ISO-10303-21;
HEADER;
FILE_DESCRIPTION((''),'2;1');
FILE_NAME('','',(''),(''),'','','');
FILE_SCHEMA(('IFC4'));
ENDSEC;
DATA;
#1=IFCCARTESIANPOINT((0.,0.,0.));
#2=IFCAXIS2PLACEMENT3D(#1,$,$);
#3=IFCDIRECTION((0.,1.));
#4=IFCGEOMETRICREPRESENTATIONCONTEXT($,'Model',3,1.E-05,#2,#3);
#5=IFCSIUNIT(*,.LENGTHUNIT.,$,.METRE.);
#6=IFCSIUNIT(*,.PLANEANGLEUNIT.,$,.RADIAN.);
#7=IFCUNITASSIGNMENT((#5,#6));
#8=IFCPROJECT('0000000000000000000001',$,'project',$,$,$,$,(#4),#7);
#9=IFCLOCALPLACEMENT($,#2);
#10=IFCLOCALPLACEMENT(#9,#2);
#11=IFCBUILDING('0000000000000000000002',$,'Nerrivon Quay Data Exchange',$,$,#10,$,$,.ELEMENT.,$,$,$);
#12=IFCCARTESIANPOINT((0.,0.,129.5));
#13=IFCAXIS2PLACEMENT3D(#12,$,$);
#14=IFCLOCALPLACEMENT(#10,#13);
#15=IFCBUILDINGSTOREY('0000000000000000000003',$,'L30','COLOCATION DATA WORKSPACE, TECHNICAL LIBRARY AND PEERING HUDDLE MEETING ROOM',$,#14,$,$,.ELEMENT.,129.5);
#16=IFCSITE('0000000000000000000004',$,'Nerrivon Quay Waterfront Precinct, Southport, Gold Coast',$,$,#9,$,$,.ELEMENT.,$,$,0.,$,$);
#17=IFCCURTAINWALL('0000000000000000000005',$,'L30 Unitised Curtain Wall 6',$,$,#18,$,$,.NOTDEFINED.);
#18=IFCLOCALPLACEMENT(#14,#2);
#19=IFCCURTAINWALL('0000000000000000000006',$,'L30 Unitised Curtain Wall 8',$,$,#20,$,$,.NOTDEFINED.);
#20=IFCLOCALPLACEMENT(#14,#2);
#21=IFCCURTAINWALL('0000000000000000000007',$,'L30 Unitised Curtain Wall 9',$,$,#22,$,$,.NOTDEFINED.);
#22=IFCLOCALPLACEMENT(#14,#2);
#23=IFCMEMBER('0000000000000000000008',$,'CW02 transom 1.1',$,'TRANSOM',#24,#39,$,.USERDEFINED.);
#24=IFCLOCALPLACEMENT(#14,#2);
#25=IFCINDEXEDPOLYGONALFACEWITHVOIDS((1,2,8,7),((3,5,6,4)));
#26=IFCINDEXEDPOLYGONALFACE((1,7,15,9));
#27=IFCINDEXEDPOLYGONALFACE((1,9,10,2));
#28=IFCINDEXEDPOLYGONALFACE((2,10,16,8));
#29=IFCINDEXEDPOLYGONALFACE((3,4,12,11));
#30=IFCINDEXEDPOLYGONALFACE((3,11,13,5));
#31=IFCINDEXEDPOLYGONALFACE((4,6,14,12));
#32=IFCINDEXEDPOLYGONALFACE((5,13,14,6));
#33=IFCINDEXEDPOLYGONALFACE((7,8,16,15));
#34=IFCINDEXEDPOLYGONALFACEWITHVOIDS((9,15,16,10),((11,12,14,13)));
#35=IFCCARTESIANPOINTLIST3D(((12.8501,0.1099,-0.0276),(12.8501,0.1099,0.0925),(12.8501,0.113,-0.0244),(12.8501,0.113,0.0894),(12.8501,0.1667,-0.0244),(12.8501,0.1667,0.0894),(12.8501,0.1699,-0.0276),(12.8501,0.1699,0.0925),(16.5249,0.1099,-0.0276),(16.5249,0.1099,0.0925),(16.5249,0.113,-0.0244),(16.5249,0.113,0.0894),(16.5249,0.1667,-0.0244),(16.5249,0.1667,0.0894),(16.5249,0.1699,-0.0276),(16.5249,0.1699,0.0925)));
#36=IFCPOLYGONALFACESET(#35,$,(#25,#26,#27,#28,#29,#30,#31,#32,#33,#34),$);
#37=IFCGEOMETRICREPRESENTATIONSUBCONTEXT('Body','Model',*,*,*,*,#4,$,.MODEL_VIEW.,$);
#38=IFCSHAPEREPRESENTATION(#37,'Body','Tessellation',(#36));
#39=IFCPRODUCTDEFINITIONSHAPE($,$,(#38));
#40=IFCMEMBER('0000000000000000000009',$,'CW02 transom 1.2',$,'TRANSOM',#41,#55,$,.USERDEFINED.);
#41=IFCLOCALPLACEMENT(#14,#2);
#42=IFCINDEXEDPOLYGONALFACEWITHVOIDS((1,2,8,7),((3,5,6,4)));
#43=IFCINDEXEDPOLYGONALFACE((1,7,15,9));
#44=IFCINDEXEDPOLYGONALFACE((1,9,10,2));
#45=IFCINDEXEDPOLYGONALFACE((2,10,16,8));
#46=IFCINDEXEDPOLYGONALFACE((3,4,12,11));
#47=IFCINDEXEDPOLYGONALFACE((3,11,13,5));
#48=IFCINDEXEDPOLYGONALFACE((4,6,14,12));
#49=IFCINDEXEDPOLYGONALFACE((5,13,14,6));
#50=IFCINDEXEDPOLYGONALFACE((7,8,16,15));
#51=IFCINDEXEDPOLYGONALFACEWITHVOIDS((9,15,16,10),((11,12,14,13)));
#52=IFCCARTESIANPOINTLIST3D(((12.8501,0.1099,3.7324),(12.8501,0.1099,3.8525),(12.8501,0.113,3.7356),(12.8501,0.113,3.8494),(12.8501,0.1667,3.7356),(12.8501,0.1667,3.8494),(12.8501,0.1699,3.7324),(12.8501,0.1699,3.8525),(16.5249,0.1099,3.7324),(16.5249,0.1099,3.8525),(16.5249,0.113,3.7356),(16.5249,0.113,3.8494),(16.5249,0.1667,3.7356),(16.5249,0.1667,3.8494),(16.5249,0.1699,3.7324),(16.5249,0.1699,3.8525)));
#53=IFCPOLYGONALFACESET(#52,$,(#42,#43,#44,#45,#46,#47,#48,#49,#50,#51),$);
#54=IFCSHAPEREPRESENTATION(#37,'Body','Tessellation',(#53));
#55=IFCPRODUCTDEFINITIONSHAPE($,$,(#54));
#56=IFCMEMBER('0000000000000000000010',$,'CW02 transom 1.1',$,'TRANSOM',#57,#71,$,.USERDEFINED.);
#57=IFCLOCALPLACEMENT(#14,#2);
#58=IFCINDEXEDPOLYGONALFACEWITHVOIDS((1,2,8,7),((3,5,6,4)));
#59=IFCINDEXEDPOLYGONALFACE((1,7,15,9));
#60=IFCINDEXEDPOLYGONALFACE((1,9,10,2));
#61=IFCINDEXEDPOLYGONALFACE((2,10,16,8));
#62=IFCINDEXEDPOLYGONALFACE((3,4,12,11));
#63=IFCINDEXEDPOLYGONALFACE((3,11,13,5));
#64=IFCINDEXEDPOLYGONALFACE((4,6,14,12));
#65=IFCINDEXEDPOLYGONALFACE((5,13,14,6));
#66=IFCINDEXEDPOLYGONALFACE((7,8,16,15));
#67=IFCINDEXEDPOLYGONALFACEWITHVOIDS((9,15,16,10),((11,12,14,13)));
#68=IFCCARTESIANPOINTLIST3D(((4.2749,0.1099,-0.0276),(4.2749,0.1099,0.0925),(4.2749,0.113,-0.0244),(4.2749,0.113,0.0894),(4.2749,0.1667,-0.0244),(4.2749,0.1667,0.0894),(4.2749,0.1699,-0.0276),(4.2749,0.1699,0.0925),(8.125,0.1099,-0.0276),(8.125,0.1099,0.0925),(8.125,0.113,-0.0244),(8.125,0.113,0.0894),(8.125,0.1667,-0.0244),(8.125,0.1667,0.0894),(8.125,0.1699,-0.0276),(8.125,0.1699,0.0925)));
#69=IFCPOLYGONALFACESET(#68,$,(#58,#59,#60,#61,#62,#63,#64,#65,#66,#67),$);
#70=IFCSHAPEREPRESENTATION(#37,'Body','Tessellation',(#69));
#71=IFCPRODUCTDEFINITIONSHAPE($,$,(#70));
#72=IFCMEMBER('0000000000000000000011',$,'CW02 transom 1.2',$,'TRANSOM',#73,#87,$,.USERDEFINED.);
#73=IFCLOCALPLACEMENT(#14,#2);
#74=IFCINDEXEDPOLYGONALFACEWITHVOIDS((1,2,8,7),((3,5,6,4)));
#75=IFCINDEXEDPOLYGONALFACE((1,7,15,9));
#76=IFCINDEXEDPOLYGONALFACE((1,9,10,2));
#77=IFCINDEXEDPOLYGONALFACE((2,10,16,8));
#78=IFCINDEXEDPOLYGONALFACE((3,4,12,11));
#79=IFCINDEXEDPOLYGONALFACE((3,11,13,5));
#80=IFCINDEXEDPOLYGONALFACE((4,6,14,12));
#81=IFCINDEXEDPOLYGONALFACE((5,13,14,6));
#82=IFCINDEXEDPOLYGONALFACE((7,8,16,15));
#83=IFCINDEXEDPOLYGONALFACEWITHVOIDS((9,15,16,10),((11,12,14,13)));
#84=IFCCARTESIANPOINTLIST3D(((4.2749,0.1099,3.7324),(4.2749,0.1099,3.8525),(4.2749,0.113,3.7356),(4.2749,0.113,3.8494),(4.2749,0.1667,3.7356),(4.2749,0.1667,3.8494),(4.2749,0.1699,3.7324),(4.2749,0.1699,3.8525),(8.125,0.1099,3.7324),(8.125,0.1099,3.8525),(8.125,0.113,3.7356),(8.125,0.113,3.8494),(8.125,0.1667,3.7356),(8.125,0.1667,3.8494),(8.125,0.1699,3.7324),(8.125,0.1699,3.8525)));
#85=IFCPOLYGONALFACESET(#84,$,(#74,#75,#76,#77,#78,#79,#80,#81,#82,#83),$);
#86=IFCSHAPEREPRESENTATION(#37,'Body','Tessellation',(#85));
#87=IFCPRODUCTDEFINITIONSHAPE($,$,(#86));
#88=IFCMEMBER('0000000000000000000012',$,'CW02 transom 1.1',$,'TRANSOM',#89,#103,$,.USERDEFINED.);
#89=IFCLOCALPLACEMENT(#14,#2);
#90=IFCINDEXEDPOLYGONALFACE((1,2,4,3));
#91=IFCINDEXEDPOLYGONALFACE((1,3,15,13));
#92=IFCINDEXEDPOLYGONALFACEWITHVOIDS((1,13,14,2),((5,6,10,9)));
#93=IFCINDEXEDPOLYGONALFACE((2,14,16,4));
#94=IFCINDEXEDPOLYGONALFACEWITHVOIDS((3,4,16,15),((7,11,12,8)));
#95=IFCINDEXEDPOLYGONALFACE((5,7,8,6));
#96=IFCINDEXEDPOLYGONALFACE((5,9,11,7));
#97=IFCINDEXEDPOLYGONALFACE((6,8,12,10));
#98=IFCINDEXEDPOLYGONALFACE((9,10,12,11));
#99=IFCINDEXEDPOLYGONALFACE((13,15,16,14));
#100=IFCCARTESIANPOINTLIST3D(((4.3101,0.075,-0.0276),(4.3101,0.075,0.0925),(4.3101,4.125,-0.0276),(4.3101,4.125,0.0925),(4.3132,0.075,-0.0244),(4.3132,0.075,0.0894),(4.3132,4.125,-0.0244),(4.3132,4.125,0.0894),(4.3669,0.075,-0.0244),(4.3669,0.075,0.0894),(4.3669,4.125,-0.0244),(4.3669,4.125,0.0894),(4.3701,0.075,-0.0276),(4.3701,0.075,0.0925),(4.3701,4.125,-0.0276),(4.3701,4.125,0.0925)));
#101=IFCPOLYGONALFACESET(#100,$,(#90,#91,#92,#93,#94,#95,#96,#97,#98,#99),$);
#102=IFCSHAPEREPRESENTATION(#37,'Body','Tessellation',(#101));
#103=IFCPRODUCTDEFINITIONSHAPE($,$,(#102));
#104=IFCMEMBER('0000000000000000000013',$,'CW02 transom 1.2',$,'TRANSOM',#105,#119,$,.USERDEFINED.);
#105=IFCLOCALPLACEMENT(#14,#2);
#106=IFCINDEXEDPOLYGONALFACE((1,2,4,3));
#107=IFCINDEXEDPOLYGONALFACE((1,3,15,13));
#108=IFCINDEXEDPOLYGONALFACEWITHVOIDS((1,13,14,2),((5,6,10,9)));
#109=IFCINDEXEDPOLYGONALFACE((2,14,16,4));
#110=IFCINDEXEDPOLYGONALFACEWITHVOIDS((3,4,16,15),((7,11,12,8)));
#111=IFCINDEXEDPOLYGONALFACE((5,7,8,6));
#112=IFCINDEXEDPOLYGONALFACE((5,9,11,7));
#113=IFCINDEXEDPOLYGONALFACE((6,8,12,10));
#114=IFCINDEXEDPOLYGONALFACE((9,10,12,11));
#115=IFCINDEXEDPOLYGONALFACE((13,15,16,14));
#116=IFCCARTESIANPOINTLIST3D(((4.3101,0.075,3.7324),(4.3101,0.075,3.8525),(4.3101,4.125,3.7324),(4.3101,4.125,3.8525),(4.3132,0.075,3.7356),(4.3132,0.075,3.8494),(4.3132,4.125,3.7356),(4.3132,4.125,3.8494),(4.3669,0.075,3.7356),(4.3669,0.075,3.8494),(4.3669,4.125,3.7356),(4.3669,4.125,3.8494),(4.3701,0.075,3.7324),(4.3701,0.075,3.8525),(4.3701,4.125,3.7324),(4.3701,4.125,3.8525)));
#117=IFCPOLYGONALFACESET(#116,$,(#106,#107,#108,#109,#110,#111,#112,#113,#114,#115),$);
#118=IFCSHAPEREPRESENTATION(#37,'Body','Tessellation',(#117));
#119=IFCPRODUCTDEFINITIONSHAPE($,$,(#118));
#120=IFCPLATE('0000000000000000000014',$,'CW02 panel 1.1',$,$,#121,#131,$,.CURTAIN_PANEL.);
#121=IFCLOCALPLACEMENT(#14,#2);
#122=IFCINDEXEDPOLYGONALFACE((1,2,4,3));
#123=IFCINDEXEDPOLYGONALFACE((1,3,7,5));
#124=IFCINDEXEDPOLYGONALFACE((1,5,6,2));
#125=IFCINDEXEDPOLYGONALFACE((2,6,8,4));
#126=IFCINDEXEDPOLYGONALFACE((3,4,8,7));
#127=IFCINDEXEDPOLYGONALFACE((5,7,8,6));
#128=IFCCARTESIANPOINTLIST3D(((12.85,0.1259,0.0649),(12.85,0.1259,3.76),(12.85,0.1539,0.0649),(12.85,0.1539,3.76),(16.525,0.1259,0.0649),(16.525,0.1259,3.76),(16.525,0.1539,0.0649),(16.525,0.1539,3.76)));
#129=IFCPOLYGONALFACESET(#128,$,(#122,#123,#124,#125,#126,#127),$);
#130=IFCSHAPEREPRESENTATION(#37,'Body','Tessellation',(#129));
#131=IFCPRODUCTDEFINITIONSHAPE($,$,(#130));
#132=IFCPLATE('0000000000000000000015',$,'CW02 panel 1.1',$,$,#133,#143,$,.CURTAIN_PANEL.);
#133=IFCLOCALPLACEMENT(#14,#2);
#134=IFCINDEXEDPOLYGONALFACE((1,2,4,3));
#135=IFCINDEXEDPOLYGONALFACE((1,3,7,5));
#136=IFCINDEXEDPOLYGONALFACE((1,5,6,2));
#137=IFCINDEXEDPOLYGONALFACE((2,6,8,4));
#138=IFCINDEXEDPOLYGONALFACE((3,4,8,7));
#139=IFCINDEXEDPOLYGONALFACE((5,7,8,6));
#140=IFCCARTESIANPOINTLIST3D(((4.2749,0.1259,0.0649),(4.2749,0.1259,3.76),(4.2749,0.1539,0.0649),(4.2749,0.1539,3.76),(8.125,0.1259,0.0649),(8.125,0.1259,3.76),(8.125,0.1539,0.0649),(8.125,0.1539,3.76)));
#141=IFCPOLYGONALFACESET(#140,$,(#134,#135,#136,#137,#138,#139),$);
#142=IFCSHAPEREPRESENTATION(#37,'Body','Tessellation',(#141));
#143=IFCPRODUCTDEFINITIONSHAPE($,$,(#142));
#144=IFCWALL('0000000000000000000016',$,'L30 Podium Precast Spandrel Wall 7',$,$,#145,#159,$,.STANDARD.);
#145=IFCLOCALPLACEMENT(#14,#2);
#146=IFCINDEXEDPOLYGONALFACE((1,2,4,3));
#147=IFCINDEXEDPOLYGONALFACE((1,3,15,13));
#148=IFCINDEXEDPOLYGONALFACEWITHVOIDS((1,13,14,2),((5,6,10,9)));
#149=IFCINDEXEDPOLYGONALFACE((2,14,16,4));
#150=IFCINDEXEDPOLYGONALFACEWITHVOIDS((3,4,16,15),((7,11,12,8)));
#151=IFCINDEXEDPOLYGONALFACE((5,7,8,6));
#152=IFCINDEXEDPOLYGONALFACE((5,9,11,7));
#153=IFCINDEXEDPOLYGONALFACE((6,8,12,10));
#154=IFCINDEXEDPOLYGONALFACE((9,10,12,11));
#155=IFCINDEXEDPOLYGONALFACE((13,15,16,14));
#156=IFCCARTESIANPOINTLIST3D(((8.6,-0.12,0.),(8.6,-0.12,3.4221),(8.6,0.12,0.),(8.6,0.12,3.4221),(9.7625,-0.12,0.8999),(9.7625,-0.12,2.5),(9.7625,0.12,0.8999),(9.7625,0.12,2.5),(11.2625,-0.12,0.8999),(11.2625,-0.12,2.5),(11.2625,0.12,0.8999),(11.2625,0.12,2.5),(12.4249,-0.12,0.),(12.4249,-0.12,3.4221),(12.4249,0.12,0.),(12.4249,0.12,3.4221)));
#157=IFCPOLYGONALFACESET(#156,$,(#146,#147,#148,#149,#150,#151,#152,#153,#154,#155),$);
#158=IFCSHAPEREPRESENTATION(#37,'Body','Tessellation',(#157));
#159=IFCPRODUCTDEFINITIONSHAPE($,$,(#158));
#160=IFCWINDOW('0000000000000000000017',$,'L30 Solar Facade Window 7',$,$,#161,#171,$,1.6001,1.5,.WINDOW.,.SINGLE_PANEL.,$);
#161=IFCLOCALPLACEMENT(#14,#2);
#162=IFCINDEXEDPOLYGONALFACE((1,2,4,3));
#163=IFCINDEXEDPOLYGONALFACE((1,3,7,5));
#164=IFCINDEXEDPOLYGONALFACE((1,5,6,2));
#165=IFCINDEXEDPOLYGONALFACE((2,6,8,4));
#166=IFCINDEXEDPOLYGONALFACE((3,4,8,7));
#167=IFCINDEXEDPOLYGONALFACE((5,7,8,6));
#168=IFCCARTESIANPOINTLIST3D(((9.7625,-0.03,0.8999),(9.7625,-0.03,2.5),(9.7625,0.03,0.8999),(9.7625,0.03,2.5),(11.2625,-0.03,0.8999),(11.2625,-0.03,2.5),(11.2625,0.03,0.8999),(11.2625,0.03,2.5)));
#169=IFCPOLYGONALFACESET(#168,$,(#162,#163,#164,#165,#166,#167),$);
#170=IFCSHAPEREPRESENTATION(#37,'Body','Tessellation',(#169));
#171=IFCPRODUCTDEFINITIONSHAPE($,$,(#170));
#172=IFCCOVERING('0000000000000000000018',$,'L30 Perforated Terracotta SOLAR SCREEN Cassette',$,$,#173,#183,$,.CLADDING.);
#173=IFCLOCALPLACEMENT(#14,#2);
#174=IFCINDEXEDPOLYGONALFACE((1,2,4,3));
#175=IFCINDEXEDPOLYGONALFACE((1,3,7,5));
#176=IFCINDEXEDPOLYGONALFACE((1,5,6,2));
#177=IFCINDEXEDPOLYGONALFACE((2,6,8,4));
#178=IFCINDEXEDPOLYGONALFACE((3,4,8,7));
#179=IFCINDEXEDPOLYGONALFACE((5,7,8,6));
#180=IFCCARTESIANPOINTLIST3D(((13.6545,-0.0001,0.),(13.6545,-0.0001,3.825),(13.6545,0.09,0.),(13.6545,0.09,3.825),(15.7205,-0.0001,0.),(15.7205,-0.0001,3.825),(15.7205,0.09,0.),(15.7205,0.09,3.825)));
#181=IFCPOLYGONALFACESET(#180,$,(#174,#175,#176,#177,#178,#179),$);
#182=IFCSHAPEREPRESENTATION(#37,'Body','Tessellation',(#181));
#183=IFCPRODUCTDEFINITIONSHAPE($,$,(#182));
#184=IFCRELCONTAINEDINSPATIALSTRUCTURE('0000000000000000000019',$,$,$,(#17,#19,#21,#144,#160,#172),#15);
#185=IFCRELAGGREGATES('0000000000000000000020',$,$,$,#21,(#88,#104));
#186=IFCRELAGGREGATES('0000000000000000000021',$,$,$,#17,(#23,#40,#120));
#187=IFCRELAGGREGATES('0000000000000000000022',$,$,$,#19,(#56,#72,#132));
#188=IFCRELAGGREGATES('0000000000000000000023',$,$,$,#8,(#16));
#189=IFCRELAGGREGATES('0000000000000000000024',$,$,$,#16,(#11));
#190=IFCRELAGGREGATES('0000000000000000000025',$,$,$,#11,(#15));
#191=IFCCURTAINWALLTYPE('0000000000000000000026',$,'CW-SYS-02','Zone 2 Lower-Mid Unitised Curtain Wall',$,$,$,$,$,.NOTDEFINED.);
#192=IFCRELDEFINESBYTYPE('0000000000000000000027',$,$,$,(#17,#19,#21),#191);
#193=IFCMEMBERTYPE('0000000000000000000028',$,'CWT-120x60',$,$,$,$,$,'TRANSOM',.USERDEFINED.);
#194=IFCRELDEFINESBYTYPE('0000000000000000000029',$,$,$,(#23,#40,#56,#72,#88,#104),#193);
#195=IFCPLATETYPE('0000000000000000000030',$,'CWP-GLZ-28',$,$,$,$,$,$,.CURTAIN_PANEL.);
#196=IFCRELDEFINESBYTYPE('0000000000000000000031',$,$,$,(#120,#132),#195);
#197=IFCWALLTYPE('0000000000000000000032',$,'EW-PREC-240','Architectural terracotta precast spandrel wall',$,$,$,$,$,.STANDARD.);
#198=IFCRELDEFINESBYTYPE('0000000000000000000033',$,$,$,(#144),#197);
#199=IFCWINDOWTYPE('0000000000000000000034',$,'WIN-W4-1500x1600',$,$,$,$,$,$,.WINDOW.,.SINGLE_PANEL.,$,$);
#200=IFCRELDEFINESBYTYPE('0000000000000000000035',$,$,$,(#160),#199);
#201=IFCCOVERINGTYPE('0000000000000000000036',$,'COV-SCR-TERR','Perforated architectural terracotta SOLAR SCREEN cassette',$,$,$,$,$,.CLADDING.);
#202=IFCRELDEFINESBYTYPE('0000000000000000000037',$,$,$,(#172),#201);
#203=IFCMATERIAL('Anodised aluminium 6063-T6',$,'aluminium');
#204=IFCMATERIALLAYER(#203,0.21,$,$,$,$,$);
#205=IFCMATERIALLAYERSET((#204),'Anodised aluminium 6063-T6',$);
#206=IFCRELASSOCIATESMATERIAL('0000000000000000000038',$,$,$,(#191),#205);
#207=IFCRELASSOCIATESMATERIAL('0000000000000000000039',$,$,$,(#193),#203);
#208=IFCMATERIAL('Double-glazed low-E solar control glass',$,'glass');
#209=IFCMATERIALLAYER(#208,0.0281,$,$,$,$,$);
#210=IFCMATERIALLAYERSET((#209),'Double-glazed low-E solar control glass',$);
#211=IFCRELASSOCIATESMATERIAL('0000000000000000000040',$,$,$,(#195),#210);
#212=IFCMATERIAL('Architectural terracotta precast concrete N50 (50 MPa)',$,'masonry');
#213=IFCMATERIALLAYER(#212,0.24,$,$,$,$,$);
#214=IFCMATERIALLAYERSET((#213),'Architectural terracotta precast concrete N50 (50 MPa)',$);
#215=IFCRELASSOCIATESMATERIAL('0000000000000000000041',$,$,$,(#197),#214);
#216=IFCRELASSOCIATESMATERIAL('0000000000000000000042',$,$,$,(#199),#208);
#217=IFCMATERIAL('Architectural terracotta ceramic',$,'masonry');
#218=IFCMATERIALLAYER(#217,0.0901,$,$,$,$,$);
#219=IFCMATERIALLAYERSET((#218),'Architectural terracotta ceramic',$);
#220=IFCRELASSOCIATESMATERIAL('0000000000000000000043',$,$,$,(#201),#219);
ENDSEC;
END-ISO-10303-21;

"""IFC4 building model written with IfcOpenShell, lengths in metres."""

from ifc_helpers import new_model, si_unit, direction, frame, frame_2d, origin, origin_2d, place, context, subcontext, project, spatial, rectangle, hollow_rectangle, extrude, material, layer, layer_set, material_profile, profile_set, type_object, element, fill, aggregate, save


model = new_model("IFC4")

# Units and contexts
model_context = context("Model", 3, precision=1e-05, world=origin(), true_north=direction((0.0, 1.0)))
body_context = subcontext(model_context, "Body", "Model", "MODEL_VIEW")
ifc_project = project(units=[si_unit("LENGTHUNIT", "METRE"), si_unit("PLANEANGLEUNIT", "RADIAN")], contexts=[model_context])

# Site, building, storey
site_placement = place(None, origin())
site = spatial("IfcSite", under=ifc_project, at=site_placement, Name="Nerrivon Quay Waterfront Precinct, Southport, Gold Coast", CompositionType="ELEMENT", RefElevation=0.0)
building_placement = place(site_placement, origin())
building = spatial("IfcBuilding", under=site, at=building_placement, Name="Nerrivon Quay Data Exchange", CompositionType="ELEMENT")
storey_placement = place(building_placement, frame((0.0, 0.0, 129.5)))
storey = spatial("IfcBuildingStorey", under=building, at=storey_placement, Name="L30", Description="COLOCATION DATA WORKSPACE, TECHNICAL LIBRARY AND PEERING HUDDLE MEETING ROOM", CompositionType="ELEMENT", Elevation=129.5)

# Curtain walls
ifc_material_1 = material(Name="Anodised aluminium 6063-T6", Category="aluminium")
ifc_layer_1 = layer(ifc_material_1, 0.21)
ifc_layer_set_1 = layer_set([ifc_layer_1], Name="Anodised aluminium 6063-T6")
curtain_wall_type = type_object("IfcCurtainWallType", Name="CW-SYS-02", Description="Zone 2 Lower-Mid Unitised Curtain Wall", PredefinedType="NOTDEFINED", material=ifc_layer_set_1)
curtain_wall_1_placement = place(storey_placement, origin())
curtain_wall_1 = element("IfcCurtainWall", 1, at=curtain_wall_1_placement, inside=storey, type_object=curtain_wall_type, Name="L30 Unitised Curtain Wall 6", PredefinedType="NOTDEFINED")
curtain_wall_2_placement = place(storey_placement, origin())
curtain_wall_2 = element("IfcCurtainWall", 2, at=curtain_wall_2_placement, inside=storey, type_object=curtain_wall_type, Name="L30 Unitised Curtain Wall 8", PredefinedType="NOTDEFINED")

# Curtain wall
curtain_wall_3_placement = place(storey_placement, origin())
curtain_wall_3 = element("IfcCurtainWall", 3, at=curtain_wall_3_placement, inside=storey, type_object=curtain_wall_type, Name="L30 Unitised Curtain Wall 9", PredefinedType="NOTDEFINED")

# Members
ifc_material_profile_1 = material_profile(ifc_material_1, hollow_rectangle(XDim=0.0601, YDim=0.1201, WallThickness=0.0032, at=origin_2d()), Name="ALU-TRAN-120x60")
ifc_profile_set_1 = profile_set([ifc_material_profile_1], Name="Anodised aluminium 6063-T6")
member_type_1 = type_object("IfcMemberType", Name="CWT-120x60", ElementType="TRANSOM", PredefinedType="USERDEFINED", material=ifc_profile_set_1)
member_1_placement = place(storey_placement, frame((16.5249, 0.1399, 0.0325), z_axis=(-1.0, 0.0, 0.0), x_axis=(0.0, -1.0, 0.0)))
member_1 = element("IfcMember", 4, at=member_1_placement, type_object=member_type_1, Name="CW02 transom 1.1", ObjectType="TRANSOM", PredefinedType="USERDEFINED", context=body_context, shape_type="SweptSolid", body=[
    extrude(hollow_rectangle(XDim=0.0601, YDim=0.1201, WallThickness=0.0032, at=origin_2d()), origin(), (0.0, 0.0, 1.0), 3.6748),
])
member_2_placement = place(storey_placement, frame((16.5249, 0.1399, 3.7925), z_axis=(-1.0, 0.0, 0.0), x_axis=(0.0, -1.0, 0.0)))
member_2 = element("IfcMember", 5, at=member_2_placement, type_object=member_type_1, Name="CW02 transom 1.2", ObjectType="TRANSOM", PredefinedType="USERDEFINED", context=body_context, shape_type="SweptSolid", body=[
    extrude(hollow_rectangle(XDim=0.0601, YDim=0.1201, WallThickness=0.0032, at=origin_2d()), origin(), (0.0, 0.0, 1.0), 3.6748),
])
member_3_placement = place(storey_placement, frame((8.125, 0.1399, 0.0325), z_axis=(-1.0, 0.0, 0.0), x_axis=(0.0, -1.0, 0.0)))
member_3 = element("IfcMember", 6, at=member_3_placement, type_object=member_type_1, Name="CW02 transom 1.1", ObjectType="TRANSOM", PredefinedType="USERDEFINED", context=body_context, shape_type="SweptSolid", body=[
    extrude(hollow_rectangle(XDim=0.0601, YDim=0.1201, WallThickness=0.0032, at=origin_2d()), origin(), (0.0, 0.0, 1.0), 3.8501),
])
member_4_placement = place(storey_placement, frame((8.125, 0.1399, 3.7925), z_axis=(-1.0, 0.0, 0.0), x_axis=(0.0, -1.0, 0.0)))
member_4 = element("IfcMember", 7, at=member_4_placement, type_object=member_type_1, Name="CW02 transom 1.2", ObjectType="TRANSOM", PredefinedType="USERDEFINED", context=body_context, shape_type="SweptSolid", body=[
    extrude(hollow_rectangle(XDim=0.0601, YDim=0.1201, WallThickness=0.0032, at=origin_2d()), origin(), (0.0, 0.0, 1.0), 3.8501),
])
member_5_placement = place(storey_placement, frame((4.3401, 0.075, 0.0325), z_axis=(0.0, 1.0, 0.0), x_axis=(-1.0, 0.0, 0.0)))
member_5 = element("IfcMember", 8, at=member_5_placement, type_object=member_type_1, Name="CW02 transom 1.1", ObjectType="TRANSOM", PredefinedType="USERDEFINED", context=body_context, shape_type="SweptSolid", body=[
    extrude(hollow_rectangle(XDim=0.0601, YDim=0.1201, WallThickness=0.0032, at=origin_2d()), origin(), (0.0, 0.0, 1.0), 4.05),
])
member_6_placement = place(storey_placement, frame((4.3401, 0.075, 3.7925), z_axis=(0.0, 1.0, 0.0), x_axis=(-1.0, 0.0, 0.0)))
member_6 = element("IfcMember", 9, at=member_6_placement, type_object=member_type_1, Name="CW02 transom 1.2", ObjectType="TRANSOM", PredefinedType="USERDEFINED", context=body_context, shape_type="SweptSolid", body=[
    extrude(hollow_rectangle(XDim=0.0601, YDim=0.1201, WallThickness=0.0032, at=origin_2d()), origin(), (0.0, 0.0, 1.0), 4.05),
])
aggregate(curtain_wall_3, [member_5, member_6])

# Plates
ifc_material_2 = material(Name="Double-glazed low-E solar control glass", Category="glass")
ifc_layer_2 = layer(ifc_material_2, 0.0281)
ifc_layer_set_2 = layer_set([ifc_layer_2], Name="Double-glazed low-E solar control glass")
plate_type = type_object("IfcPlateType", Name="CWP-GLZ-28", PredefinedType="CURTAIN_PANEL", material=ifc_layer_set_2)
plate_1_placement = place(storey_placement, frame((14.6875, 0.1399, 0.0649), z_axis=(0.0, 0.0, 1.0), x_axis=(-1.0, 0.0, 0.0)))
plate_1 = element("IfcPlate", 10, at=plate_1_placement, type_object=plate_type, Name="CW02 panel 1.1", PredefinedType="CURTAIN_PANEL", context=body_context, shape_type="SweptSolid", body=[
    extrude(rectangle(XDim=3.675, YDim=0.0281, at=origin_2d()), origin(), (0.0, 0.0, 1.0), 3.6951),
])
aggregate(curtain_wall_1, [member_1, member_2, plate_1])
plate_2_placement = place(storey_placement, frame((6.2, 0.1399, 0.0649), z_axis=(0.0, 0.0, 1.0), x_axis=(-1.0, 0.0, 0.0)))
plate_2 = element("IfcPlate", 11, at=plate_2_placement, type_object=plate_type, Name="CW02 panel 1.1", PredefinedType="CURTAIN_PANEL", context=body_context, shape_type="SweptSolid", body=[
    extrude(rectangle(XDim=3.8501, YDim=0.0281, at=origin_2d()), origin(), (0.0, 0.0, 1.0), 3.6951),
])
aggregate(curtain_wall_2, [member_3, member_4, plate_2])

# Wall, opening, window
ifc_material_3 = material(Name="Architectural terracotta precast concrete N50 (50 MPa)", Category="masonry")
ifc_layer_3 = layer(ifc_material_3, 0.24)
ifc_layer_set_3 = layer_set([ifc_layer_3], Name="Architectural terracotta precast concrete N50 (50 MPa)")
wall_type = type_object("IfcWallType", Name="EW-PREC-240", Description="Architectural terracotta precast spandrel wall", PredefinedType="STANDARD", material=ifc_layer_set_3)
wall_placement = place(storey_placement, frame((12.425, 0.0, 0.0), z_axis=(0.0, 0.0, 1.0), x_axis=(-1.0, 0.0, 0.0)))
wall = element("IfcWall", 12, at=wall_placement, inside=storey, type_object=wall_type, Name="L30 Podium Precast Spandrel Wall 7", PredefinedType="STANDARD", context=body_context, shape_type="SweptSolid", body=[
    extrude(rectangle(XDim=3.825, YDim=0.24, at=frame_2d((1.9126, 0.0))), origin(), (0.0, 0.0, 1.0), 3.4221),
])
opening_placement = place(wall_placement, frame((1.1626, 0.0, 0.8999)))
opening = element("IfcOpeningElement", 13, at=opening_placement, cuts=wall, PredefinedType="OPENING", context=body_context, shape_type="SweptSolid", body=[
    extrude(rectangle(XDim=1.5, YDim=1.6001, at=frame_2d((0.75, 0.8))), frame((0.0, 0.1299, 0.0), z_axis=(0.0, -1.0, 0.0), x_axis=(1.0, 0.0, 0.0)), (0.0, 0.0, 1.0), 0.26),
])
window_type = type_object("IfcWindowType", Name="WIN-W4-1500x1600", PartitioningType="SINGLE_PANEL", PredefinedType="WINDOW", material=ifc_material_2)
window_placement = place(opening_placement, origin())
window = element("IfcWindow", 14, at=window_placement, inside=storey, type_object=window_type, Name="L30 Solar Facade Window 7", OverallHeight=1.6001, OverallWidth=1.5, PartitioningType="SINGLE_PANEL", PredefinedType="WINDOW", context=body_context, shape_type="SweptSolid", body=[
    extrude(rectangle(XDim=1.5, YDim=1.6001, at=frame_2d((0.75, 0.8))), frame((0.0, 0.03, 0.0), z_axis=(0.0, -1.0, 0.0), x_axis=(1.0, 0.0, 0.0)), (0.0, 0.0, 1.0), 0.0601),
])
fill(opening, window)

# Covering
ifc_material_4 = material(Name="Architectural terracotta ceramic", Category="masonry")
ifc_layer_4 = layer(ifc_material_4, 0.0901)
ifc_layer_set_4 = layer_set([ifc_layer_4], Name="Architectural terracotta ceramic")
covering_type = type_object("IfcCoveringType", Name="COV-SCR-TERR", Description="Perforated architectural terracotta SOLAR SCREEN cassette", PredefinedType="CLADDING", material=ifc_layer_set_4)
for number, where, z_axis, x_axis, name in (
    (15, (14.6875, 0.0449, 0.0), (0.0, 0.0, 1.0), (-1.0, 0.0, 0.0), "L30 Perforated Terracotta SOLAR SCREEN Cassette"),
):
    element("IfcCovering", number, at=place(storey_placement, frame(where, z_axis=z_axis, x_axis=x_axis)), inside=storey, type_object=covering_type, Name=name, PredefinedType="CLADDING", context=body_context, shape_type="SweptSolid", body=[
        extrude(rectangle(XDim=2.0659, YDim=0.0901, at=origin_2d()), origin(), (0.0, 0.0, 1.0), 3.825),
    ])

save(model, "model.ifc")
